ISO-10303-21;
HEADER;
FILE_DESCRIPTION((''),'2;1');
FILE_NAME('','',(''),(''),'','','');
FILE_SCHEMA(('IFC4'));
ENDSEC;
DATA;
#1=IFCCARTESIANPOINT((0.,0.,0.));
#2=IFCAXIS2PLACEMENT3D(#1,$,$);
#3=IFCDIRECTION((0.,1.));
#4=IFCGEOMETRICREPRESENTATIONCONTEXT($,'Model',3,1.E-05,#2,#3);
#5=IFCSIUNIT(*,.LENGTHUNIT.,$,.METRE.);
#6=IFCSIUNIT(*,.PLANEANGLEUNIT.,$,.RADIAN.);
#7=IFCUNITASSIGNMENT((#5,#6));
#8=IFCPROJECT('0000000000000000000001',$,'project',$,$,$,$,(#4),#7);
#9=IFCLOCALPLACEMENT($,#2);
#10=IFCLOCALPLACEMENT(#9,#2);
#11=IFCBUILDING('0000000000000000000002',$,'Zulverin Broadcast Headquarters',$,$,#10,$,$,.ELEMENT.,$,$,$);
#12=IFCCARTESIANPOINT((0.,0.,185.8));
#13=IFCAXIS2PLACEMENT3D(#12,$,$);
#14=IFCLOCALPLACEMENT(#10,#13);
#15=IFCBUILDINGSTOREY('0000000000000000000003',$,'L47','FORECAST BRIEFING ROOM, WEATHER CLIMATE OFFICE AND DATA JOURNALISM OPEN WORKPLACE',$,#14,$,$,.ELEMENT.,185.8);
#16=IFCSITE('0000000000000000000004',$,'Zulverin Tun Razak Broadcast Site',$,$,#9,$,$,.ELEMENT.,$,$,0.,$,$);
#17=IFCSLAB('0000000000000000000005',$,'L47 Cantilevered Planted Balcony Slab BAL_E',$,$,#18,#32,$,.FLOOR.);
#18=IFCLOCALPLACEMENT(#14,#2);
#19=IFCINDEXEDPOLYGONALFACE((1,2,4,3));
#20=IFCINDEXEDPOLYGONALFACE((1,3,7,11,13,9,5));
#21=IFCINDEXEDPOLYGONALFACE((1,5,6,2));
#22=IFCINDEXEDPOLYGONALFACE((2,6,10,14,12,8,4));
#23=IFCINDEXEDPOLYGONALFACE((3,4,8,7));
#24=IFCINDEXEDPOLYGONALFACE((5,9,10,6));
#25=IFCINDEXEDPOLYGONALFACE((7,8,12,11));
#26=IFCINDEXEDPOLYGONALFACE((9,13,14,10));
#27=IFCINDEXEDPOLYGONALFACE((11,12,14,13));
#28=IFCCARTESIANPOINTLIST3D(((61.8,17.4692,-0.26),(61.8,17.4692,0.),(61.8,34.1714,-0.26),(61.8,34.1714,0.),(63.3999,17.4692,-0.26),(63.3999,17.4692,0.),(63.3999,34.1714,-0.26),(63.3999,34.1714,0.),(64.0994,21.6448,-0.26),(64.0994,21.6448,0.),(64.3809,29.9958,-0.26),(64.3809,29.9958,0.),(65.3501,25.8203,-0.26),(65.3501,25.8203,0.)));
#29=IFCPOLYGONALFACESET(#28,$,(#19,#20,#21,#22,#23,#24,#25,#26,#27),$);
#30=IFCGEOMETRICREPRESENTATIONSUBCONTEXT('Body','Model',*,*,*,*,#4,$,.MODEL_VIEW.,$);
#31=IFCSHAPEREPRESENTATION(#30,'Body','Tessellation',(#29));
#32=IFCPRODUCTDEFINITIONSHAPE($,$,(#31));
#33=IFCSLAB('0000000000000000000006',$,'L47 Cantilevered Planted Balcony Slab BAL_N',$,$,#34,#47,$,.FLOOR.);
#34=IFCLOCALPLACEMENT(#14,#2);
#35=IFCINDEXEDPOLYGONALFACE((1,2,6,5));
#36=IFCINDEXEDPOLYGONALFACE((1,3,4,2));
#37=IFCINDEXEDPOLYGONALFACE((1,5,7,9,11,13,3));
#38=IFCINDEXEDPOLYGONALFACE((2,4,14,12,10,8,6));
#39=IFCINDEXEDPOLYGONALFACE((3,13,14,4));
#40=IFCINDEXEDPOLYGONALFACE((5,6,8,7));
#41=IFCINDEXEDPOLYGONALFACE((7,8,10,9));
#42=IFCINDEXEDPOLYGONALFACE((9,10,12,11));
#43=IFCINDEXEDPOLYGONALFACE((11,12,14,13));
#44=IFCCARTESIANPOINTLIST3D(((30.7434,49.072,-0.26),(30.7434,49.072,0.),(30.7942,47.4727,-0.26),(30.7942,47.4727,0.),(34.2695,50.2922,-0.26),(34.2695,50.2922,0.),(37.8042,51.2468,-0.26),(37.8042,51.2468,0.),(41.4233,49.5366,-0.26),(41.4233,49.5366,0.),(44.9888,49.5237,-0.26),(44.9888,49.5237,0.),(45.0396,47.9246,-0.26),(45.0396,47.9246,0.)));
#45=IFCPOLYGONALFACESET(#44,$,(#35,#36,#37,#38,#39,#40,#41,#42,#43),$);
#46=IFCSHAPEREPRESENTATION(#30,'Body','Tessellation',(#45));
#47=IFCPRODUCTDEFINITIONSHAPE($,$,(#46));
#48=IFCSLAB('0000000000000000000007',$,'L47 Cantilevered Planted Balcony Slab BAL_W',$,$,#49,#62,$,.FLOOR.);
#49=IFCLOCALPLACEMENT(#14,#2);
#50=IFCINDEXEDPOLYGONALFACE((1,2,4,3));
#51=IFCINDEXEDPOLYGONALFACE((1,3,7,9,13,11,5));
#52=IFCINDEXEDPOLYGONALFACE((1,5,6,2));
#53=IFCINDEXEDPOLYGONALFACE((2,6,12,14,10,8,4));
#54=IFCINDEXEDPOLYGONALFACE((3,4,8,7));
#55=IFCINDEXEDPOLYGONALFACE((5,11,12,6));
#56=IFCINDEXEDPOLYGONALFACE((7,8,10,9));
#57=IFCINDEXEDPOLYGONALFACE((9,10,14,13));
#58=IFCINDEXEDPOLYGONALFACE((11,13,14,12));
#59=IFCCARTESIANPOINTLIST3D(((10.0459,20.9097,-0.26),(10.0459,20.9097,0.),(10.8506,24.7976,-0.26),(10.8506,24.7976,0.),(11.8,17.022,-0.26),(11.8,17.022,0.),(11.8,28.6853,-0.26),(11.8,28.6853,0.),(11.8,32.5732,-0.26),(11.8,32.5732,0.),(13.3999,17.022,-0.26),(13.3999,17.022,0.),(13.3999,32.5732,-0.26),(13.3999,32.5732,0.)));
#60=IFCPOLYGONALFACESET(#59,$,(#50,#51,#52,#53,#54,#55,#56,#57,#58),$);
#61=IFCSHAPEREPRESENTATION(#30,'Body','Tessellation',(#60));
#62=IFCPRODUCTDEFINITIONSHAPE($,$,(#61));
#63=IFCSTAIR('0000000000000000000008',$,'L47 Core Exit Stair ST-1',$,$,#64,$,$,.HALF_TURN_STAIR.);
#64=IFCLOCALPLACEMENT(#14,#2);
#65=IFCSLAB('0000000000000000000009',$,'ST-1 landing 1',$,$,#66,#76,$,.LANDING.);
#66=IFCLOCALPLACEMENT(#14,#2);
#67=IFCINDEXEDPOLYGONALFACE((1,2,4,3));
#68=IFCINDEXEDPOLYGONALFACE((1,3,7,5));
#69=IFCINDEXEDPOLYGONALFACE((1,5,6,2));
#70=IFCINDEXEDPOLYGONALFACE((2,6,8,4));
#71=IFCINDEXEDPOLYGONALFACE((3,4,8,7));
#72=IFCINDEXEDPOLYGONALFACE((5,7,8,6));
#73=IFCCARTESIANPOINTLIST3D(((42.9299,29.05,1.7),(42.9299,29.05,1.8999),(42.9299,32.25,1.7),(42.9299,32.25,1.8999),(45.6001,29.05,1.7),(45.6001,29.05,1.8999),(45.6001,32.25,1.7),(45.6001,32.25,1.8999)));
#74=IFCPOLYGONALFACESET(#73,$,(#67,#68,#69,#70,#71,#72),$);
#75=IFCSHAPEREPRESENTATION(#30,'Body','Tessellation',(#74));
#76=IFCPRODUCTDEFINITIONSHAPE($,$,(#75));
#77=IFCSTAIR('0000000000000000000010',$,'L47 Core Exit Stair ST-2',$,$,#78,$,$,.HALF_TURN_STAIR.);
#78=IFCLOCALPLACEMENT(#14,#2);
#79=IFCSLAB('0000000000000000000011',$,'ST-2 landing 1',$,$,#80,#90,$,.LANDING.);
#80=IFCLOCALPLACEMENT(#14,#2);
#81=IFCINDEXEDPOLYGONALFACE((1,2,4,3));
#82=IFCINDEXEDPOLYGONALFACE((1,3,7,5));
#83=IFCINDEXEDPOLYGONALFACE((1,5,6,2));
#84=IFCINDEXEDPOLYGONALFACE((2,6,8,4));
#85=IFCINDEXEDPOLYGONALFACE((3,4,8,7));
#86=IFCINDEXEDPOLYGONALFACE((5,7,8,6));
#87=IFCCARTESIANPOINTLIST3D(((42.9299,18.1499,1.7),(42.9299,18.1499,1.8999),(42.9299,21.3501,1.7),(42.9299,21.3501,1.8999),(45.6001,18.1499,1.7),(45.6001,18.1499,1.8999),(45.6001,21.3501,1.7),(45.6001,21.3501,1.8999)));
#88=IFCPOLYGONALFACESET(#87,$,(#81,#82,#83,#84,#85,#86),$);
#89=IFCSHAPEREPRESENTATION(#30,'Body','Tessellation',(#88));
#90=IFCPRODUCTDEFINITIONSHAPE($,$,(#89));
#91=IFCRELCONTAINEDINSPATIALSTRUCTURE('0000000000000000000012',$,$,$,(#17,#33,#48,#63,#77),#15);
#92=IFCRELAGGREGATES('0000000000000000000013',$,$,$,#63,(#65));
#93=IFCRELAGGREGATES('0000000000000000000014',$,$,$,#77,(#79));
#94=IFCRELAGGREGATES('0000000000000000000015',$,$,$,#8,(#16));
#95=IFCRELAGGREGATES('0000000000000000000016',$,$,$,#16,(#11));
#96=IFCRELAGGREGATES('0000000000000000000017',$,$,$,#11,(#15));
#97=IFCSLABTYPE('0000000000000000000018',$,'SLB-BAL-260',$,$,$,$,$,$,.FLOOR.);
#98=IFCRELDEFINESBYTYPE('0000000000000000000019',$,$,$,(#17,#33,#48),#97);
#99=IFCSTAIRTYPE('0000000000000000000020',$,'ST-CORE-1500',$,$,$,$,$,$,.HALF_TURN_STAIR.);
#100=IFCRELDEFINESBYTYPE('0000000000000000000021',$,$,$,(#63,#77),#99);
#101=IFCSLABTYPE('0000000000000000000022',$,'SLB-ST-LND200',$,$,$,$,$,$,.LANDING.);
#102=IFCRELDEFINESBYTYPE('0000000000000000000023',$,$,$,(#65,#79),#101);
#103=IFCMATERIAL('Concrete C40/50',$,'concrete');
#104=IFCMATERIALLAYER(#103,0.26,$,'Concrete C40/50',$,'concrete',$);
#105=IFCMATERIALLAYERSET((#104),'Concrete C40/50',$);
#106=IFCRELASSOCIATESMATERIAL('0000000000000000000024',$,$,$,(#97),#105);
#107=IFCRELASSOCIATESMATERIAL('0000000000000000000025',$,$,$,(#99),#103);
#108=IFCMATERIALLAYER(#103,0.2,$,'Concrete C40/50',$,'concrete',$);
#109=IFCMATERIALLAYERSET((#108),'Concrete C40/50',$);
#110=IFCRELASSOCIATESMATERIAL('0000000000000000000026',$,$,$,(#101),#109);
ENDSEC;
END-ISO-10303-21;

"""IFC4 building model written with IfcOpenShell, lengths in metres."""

from ifc_helpers import new_model, si_unit, direction, frame, origin, place, context, subcontext, project, spatial, polyline, outline, extrude, material, layer, layer_set, type_object, element, aggregate, save


model = new_model("IFC4")

# Units and contexts
model_context = context("Model", 3, precision=1e-05, world=origin(), true_north=direction((0.0, 1.0)))
body_context = subcontext(model_context, "Body", "Model", "MODEL_VIEW")
ifc_project = project(units=[si_unit("LENGTHUNIT", "METRE"), si_unit("PLANEANGLEUNIT", "RADIAN")], contexts=[model_context])

# Site, building, storey
site_placement = place(None, origin())
site = spatial("IfcSite", under=ifc_project, at=site_placement, Name="Zulverin Tun Razak Broadcast Site", CompositionType="ELEMENT", RefElevation=0.0)
building_placement = place(site_placement, origin())
building = spatial("IfcBuilding", under=site, at=building_placement, Name="Zulverin Broadcast Headquarters", CompositionType="ELEMENT")
storey_placement = place(building_placement, frame((0.0, 0.0, 185.8)))
storey = spatial("IfcBuildingStorey", under=building, at=storey_placement, Name="L47", Description="FORECAST BRIEFING ROOM, WEATHER CLIMATE OFFICE AND DATA JOURNALISM OPEN WORKPLACE", CompositionType="ELEMENT", Elevation=185.8)

# Slabs
ifc_material_1 = material(Name="Concrete C40/50", Category="concrete")
ifc_layer_1 = layer(ifc_material_1, 0.26, Name="Concrete C40/50", Category="concrete")
ifc_layer_set_1 = layer_set([ifc_layer_1], Name="Concrete C40/50")
slab_type_1 = type_object("IfcSlabType", Name="SLB-BAL-260", PredefinedType="FLOOR", material=ifc_layer_set_1)
slab_1_placement = place(storey_placement, frame((0.0, 0.0, -0.26)))
element("IfcSlab", 1, at=slab_1_placement, inside=storey, type_object=slab_type_1, Name="L47 Cantilevered Planted Balcony Slab BAL_E", PredefinedType="FLOOR", context=body_context, shape_type="SweptSolid", body=[
    extrude(outline(polyline([(61.8, 34.1714), (61.8, 17.4692), (63.3999, 17.4692), (64.0994, 21.6448), (65.3501, 25.8203), (64.3809, 29.9958), (63.3999, 34.1714), (61.8, 34.1714)])), origin(), (0.0, 0.0, 1.0), 0.26),
])
slab_2_placement = place(storey_placement, frame((0.0, 0.0, -0.26)))
element("IfcSlab", 2, at=slab_2_placement, inside=storey, type_object=slab_type_1, Name="L47 Cantilevered Planted Balcony Slab BAL_N", PredefinedType="FLOOR", context=body_context, shape_type="SweptSolid", body=[
    extrude(outline(polyline([(30.7942, 47.4727), (45.0396, 47.9246), (44.9888, 49.5237), (41.4233, 49.5366), (37.8042, 51.2468), (34.2695, 50.2922), (30.7434, 49.072), (30.7942, 47.4727)])), origin(), (0.0, 0.0, 1.0), 0.26),
])
slab_3_placement = place(storey_placement, frame((0.0, 0.0, -0.26)))
element("IfcSlab", 3, at=slab_3_placement, inside=storey, type_object=slab_type_1, Name="L47 Cantilevered Planted Balcony Slab BAL_W", PredefinedType="FLOOR", context=body_context, shape_type="SweptSolid", body=[
    extrude(outline(polyline([(13.3999, 17.022), (13.3999, 32.5732), (11.8, 32.5732), (11.8, 28.6853), (10.8506, 24.7976), (10.0459, 20.9097), (11.8, 17.022), (13.3999, 17.022)])), origin(), (0.0, 0.0, 1.0), 0.26),
])

# Stairs, slabs
stair_type = type_object("IfcStairType", Name="ST-CORE-1500", PredefinedType="HALF_TURN_STAIR", material=ifc_material_1)
stair_1_placement = place(storey_placement, origin())
stair_1 = element("IfcStair", 4, at=stair_1_placement, inside=storey, type_object=stair_type, Name="L47 Core Exit Stair ST-1", PredefinedType="HALF_TURN_STAIR")
ifc_layer_2 = layer(ifc_material_1, 0.2, Name="Concrete C40/50", Category="concrete")
ifc_layer_set_2 = layer_set([ifc_layer_2], Name="Concrete C40/50")
slab_type_2 = type_object("IfcSlabType", Name="SLB-ST-LND200", PredefinedType="LANDING", material=ifc_layer_set_2)
slab_4_placement = place(storey_placement, frame((0.0, 0.0, 1.7)))
slab_4 = element("IfcSlab", 5, at=slab_4_placement, type_object=slab_type_2, Name="ST-1 landing 1", PredefinedType="LANDING", context=body_context, shape_type="SweptSolid", body=[
    extrude(outline(polyline([(42.9299, 29.05), (45.6001, 29.05), (45.6001, 32.25), (42.9299, 32.25), (42.9299, 29.05)])), origin(), (0.0, 0.0, 1.0), 0.2),
])
aggregate(stair_1, [slab_4])
stair_2_placement = place(storey_placement, origin())
stair_2 = element("IfcStair", 6, at=stair_2_placement, inside=storey, type_object=stair_type, Name="L47 Core Exit Stair ST-2", PredefinedType="HALF_TURN_STAIR")
slab_5_placement = place(storey_placement, frame((0.0, 0.0, 1.7)))
slab_5 = element("IfcSlab", 7, at=slab_5_placement, type_object=slab_type_2, Name="ST-2 landing 1", PredefinedType="LANDING", context=body_context, shape_type="SweptSolid", body=[
    extrude(outline(polyline([(42.9299, 18.1499), (45.6001, 18.1499), (45.6001, 21.3501), (42.9299, 21.3501), (42.9299, 18.1499)])), origin(), (0.0, 0.0, 1.0), 0.2),
])
aggregate(stair_2, [slab_5])

save(model, "model.ifc")
